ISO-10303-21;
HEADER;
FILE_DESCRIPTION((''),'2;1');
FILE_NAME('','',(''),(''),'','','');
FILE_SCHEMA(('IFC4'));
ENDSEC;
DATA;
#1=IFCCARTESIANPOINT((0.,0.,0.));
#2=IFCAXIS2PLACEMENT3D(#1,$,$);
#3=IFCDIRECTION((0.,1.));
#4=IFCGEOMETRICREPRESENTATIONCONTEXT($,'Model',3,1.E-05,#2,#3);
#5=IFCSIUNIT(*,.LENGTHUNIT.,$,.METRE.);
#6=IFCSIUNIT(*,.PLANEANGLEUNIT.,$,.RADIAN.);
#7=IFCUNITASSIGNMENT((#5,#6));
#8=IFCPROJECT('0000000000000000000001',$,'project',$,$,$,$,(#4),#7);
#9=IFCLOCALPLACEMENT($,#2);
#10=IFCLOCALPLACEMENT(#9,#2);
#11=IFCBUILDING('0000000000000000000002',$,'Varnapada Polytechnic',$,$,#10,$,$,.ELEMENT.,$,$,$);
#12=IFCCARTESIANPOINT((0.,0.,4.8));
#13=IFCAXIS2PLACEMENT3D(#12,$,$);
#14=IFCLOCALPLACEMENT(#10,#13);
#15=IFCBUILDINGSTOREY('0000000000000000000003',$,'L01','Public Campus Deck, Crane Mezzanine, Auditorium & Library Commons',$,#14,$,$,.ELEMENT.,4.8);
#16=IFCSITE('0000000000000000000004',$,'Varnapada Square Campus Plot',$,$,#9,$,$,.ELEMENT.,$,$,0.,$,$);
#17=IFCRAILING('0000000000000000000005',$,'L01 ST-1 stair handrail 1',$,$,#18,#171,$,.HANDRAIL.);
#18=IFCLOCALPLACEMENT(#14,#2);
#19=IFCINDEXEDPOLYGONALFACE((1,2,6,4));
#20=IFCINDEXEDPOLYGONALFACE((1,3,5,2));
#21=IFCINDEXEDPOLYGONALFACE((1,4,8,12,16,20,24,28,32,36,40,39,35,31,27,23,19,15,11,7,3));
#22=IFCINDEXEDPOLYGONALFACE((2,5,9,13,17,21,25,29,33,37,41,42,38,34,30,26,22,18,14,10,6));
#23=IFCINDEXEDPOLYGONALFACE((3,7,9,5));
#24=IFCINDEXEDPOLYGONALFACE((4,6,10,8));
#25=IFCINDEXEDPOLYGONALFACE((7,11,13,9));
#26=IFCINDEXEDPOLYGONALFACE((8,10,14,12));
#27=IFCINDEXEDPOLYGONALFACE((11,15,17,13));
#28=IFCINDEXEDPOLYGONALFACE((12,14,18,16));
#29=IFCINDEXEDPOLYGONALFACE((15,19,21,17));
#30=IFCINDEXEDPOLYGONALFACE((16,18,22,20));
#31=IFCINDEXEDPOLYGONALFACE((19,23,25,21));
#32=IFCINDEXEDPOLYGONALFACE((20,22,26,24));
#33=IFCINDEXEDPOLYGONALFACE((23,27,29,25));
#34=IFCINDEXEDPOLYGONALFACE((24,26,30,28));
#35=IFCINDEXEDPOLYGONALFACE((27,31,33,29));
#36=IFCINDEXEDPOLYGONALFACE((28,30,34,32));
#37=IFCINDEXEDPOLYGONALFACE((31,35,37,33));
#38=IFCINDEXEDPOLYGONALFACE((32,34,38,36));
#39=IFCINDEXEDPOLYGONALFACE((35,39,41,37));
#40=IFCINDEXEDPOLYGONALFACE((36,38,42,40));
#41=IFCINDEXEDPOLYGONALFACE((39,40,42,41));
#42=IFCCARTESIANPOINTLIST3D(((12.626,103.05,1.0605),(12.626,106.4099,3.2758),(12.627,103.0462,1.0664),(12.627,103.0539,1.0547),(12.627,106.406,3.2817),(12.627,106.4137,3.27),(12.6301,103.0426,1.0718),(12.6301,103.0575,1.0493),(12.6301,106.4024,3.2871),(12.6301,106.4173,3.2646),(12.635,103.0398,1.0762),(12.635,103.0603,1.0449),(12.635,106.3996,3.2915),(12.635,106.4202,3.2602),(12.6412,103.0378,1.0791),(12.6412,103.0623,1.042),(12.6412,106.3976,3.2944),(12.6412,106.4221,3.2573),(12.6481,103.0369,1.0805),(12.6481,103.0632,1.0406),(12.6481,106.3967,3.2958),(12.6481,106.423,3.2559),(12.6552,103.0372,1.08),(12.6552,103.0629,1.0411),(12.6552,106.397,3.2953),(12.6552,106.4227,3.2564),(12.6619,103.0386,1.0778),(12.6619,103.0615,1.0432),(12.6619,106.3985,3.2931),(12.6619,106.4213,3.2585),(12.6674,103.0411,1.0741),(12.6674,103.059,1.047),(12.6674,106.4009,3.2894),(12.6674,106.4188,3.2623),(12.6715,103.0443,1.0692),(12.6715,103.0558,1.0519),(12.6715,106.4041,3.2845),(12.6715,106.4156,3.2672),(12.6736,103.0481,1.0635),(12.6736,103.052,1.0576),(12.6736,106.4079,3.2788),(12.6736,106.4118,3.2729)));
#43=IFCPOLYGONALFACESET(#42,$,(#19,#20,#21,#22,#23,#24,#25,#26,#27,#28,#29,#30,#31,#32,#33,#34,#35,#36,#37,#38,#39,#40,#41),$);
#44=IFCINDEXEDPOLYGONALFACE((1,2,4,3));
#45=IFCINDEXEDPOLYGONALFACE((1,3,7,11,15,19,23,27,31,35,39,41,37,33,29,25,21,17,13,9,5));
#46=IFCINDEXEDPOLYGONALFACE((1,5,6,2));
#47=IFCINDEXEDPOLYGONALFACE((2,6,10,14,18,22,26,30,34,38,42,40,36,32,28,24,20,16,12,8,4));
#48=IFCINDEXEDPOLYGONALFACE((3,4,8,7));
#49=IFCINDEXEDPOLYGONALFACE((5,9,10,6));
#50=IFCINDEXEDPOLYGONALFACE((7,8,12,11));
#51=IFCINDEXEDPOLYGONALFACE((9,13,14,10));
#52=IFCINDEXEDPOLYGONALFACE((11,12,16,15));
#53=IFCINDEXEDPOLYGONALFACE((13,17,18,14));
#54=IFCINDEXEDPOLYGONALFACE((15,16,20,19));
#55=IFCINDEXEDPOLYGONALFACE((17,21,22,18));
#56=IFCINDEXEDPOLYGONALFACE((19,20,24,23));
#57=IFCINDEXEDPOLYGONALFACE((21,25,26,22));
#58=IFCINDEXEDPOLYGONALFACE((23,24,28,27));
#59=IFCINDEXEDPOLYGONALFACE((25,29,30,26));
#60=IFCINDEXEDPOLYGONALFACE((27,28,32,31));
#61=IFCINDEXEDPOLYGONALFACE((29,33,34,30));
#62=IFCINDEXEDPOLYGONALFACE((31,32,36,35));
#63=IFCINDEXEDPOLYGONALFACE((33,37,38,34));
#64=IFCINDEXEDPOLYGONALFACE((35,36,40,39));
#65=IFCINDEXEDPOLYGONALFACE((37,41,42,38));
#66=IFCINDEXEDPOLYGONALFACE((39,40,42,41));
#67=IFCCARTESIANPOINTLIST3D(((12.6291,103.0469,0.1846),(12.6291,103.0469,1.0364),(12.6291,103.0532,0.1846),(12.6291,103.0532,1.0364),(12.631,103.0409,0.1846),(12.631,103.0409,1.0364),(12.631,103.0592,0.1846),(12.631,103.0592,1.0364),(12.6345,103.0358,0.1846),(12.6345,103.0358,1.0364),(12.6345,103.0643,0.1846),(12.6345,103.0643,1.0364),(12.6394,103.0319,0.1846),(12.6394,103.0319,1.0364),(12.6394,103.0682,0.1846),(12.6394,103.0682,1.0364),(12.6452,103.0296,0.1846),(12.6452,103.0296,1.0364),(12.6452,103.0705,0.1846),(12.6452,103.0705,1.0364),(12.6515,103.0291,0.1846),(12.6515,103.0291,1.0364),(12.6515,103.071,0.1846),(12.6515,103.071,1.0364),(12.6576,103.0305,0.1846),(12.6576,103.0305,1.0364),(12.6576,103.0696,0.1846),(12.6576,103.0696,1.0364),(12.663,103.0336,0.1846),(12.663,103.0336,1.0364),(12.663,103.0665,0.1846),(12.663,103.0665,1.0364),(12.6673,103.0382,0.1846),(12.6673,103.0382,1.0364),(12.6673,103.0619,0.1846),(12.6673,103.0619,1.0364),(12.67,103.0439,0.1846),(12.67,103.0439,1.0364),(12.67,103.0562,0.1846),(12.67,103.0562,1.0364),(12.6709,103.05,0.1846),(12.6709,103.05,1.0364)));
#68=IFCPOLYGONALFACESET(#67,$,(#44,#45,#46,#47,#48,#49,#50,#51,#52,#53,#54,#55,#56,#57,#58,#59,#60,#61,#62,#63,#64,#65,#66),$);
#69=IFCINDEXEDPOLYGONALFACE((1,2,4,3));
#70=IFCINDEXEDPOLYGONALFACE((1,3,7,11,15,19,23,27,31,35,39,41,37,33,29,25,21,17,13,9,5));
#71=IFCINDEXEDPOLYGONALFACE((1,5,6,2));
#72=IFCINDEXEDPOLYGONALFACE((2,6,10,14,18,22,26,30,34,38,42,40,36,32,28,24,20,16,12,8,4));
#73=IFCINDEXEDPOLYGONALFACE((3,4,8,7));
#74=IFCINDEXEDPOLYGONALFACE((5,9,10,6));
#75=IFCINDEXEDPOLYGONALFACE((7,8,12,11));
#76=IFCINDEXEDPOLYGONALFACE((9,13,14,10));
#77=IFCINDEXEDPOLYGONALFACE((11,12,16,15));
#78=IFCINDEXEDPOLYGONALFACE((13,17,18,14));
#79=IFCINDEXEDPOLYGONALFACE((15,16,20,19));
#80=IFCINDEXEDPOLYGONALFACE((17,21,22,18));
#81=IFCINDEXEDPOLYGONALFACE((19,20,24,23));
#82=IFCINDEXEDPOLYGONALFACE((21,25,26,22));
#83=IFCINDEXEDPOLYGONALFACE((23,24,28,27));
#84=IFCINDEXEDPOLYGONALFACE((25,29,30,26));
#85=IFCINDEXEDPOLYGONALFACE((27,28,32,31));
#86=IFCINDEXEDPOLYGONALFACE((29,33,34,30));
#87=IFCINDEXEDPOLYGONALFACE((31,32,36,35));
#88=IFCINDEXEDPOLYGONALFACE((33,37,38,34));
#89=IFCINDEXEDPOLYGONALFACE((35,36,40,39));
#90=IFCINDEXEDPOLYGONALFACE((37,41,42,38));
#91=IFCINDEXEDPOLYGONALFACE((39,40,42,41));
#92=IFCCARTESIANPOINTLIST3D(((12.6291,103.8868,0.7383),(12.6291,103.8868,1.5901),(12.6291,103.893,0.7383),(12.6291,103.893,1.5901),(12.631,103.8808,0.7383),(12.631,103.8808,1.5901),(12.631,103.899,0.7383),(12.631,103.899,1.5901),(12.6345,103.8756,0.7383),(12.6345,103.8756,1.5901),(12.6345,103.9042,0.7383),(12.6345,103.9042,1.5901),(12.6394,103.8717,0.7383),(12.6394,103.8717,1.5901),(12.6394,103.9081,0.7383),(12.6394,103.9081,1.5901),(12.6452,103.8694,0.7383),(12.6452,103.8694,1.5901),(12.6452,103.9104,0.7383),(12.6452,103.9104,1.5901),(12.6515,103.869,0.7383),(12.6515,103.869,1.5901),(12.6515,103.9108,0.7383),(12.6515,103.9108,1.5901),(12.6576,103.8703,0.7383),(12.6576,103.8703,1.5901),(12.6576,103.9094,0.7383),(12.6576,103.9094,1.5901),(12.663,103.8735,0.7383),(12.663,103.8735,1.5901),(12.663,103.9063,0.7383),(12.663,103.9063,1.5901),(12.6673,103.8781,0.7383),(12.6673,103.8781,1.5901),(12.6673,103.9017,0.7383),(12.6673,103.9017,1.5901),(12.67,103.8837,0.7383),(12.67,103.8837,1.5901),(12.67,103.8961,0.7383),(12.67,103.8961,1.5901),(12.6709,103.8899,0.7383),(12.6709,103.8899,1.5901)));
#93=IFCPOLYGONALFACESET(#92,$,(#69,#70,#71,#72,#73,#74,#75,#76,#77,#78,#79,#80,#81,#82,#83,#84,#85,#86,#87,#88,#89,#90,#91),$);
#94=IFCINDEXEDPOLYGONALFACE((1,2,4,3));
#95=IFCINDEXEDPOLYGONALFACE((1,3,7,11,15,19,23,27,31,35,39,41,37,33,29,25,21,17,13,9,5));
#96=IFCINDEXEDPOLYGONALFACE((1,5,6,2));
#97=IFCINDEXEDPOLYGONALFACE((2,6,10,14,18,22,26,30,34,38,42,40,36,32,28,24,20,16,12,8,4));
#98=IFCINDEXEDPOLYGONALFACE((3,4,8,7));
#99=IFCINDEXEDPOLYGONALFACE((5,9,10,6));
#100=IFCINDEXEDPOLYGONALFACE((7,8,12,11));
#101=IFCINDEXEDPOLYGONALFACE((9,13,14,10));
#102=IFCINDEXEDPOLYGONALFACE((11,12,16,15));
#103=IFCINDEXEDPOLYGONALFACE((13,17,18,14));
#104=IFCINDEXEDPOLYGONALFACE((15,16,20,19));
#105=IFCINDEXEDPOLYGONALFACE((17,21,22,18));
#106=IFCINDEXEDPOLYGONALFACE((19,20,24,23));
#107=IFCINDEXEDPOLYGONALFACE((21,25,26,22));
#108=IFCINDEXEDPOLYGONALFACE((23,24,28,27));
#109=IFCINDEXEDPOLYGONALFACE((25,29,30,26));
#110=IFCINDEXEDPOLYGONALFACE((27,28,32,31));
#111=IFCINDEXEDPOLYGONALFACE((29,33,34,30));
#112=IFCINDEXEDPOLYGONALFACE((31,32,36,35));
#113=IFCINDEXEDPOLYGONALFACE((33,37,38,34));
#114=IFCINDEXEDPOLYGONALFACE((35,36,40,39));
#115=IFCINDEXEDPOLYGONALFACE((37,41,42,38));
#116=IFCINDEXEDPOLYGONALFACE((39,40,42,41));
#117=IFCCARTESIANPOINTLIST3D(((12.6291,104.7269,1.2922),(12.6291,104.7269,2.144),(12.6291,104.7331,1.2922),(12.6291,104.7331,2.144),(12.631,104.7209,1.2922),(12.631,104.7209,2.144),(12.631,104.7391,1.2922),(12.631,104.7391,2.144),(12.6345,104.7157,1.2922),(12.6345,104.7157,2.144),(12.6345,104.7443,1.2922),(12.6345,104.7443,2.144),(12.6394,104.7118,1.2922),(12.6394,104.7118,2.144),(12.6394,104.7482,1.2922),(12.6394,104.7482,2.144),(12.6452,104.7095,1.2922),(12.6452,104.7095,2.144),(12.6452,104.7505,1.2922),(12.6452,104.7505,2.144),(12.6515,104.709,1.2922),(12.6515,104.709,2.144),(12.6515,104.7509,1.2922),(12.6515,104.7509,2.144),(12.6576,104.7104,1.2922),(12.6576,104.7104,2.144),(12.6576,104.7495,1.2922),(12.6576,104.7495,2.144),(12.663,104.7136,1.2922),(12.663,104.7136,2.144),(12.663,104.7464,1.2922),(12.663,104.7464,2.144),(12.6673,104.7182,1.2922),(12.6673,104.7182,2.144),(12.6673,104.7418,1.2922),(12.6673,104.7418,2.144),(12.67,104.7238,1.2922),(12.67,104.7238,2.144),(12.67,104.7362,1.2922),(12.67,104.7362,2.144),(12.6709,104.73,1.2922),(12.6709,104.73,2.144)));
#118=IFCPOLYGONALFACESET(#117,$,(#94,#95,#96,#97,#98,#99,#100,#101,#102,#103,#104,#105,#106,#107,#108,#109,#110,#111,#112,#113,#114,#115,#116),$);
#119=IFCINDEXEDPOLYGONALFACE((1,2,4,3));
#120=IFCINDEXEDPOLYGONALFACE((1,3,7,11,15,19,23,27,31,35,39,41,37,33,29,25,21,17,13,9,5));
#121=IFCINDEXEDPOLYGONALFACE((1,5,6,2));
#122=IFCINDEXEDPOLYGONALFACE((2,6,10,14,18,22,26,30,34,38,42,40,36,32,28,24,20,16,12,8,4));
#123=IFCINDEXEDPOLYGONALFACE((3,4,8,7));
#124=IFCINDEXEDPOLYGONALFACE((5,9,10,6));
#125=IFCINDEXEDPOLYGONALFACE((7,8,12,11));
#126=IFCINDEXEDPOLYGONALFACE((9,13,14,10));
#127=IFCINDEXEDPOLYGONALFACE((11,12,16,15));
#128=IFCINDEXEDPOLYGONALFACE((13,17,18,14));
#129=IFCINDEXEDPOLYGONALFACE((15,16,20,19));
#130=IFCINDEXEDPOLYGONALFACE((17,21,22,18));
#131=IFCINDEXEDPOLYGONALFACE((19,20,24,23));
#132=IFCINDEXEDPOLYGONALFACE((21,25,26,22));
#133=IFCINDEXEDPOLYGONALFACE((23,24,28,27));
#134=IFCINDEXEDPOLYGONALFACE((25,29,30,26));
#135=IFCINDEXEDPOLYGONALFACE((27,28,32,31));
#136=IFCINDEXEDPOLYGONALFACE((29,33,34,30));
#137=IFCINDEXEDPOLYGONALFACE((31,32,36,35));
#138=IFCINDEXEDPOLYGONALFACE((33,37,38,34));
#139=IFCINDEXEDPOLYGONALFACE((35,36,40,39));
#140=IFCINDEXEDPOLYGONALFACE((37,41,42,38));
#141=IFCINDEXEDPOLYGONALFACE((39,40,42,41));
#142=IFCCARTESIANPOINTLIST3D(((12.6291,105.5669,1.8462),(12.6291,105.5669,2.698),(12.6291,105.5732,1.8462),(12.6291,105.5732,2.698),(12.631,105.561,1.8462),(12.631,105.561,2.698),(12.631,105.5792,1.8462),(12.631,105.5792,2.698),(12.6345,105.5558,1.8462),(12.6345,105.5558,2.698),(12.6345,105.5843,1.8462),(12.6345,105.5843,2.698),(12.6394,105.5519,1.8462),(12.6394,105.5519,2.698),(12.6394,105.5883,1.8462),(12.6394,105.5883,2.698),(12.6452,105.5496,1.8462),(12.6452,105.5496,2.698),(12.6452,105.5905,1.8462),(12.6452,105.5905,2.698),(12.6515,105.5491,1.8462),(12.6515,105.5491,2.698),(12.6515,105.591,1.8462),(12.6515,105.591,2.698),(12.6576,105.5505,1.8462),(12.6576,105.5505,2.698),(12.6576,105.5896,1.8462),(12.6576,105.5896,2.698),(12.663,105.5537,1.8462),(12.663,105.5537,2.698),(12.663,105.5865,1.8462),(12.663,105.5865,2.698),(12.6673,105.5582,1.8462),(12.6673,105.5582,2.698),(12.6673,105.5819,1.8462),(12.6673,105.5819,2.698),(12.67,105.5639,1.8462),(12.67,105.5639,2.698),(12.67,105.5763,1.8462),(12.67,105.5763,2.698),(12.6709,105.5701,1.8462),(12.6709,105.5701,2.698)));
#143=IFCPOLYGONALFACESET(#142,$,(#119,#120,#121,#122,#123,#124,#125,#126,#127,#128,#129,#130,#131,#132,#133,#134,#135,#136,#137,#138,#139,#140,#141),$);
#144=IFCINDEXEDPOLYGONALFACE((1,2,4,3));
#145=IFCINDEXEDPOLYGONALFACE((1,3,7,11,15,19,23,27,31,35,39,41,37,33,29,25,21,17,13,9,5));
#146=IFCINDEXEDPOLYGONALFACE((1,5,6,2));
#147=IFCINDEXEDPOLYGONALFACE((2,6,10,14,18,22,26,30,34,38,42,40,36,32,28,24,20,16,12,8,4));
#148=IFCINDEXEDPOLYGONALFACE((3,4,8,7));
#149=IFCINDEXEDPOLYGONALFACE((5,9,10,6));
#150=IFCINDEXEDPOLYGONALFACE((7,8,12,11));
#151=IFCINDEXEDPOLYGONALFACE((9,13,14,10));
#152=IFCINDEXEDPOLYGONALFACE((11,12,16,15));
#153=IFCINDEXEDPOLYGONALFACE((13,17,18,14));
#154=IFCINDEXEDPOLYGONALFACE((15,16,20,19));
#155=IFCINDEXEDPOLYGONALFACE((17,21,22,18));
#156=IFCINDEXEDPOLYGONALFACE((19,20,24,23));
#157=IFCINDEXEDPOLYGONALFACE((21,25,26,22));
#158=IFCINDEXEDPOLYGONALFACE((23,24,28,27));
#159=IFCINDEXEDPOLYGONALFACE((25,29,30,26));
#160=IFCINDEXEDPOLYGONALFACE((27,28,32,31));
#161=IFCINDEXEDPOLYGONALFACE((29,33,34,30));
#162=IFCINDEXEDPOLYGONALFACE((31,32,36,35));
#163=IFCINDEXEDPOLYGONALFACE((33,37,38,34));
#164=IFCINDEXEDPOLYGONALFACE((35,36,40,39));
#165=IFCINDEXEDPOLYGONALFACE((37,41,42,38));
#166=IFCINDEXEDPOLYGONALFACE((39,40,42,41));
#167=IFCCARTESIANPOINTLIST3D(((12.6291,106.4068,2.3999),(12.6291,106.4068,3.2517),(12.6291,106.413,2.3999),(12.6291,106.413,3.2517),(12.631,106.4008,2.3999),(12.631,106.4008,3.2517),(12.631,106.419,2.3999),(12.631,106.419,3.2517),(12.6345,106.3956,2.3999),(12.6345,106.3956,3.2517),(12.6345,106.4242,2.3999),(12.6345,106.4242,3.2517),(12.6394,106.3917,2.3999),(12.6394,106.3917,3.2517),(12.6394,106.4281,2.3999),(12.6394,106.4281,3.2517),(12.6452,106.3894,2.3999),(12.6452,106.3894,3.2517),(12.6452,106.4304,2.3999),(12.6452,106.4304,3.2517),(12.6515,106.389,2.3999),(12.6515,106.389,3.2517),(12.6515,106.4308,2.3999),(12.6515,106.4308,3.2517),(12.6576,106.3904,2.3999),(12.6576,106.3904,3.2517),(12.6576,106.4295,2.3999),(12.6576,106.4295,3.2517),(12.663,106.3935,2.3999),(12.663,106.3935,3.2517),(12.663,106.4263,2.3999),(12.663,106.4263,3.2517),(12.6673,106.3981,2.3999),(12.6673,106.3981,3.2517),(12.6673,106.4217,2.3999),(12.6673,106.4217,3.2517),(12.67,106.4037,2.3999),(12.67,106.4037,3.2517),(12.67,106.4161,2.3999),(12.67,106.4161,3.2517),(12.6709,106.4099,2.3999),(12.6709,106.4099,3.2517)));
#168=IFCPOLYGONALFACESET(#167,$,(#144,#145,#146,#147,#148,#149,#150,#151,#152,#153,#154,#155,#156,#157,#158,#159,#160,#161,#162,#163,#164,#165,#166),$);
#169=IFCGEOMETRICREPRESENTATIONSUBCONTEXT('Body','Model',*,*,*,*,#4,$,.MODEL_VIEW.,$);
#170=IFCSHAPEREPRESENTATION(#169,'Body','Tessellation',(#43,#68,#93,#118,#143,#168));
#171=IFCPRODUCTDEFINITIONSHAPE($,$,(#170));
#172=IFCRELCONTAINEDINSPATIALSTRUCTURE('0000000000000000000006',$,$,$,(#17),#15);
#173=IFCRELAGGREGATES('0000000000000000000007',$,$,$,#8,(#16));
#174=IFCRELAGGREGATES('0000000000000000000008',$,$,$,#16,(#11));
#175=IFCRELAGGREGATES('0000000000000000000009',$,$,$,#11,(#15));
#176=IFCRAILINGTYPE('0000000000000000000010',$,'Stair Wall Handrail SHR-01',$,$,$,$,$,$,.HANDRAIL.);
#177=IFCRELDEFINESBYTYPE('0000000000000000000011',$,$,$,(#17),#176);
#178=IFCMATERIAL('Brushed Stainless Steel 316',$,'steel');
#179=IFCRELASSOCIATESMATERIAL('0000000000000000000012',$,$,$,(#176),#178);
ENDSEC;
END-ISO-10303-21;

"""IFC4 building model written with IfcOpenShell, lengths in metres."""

from ifc_helpers import new_model, si_unit, direction, frame, origin, origin_2d, place, context, subcontext, project, spatial, circle, extrude, material, type_object, element, save


model = new_model("IFC4")

# Units and contexts
model_context = context("Model", 3, precision=1e-05, world=origin(), true_north=direction((0.0, 1.0)))
body_context = subcontext(model_context, "Body", "Model", "MODEL_VIEW")
ifc_project = project(units=[si_unit("LENGTHUNIT", "METRE"), si_unit("PLANEANGLEUNIT", "RADIAN")], contexts=[model_context])

# Site, building, storey
site_placement = place(None, origin())
site = spatial("IfcSite", under=ifc_project, at=site_placement, Name="Varnapada Square Campus Plot", CompositionType="ELEMENT", RefElevation=0.0)
building_placement = place(site_placement, origin())
building = spatial("IfcBuilding", under=site, at=building_placement, Name="Varnapada Polytechnic", CompositionType="ELEMENT")
storey_placement = place(building_placement, frame((0.0, 0.0, 4.8)))
storey = spatial("IfcBuildingStorey", under=building, at=storey_placement, Name="L01", Description="Public Campus Deck, Crane Mezzanine, Auditorium & Library Commons", CompositionType="ELEMENT", Elevation=4.8)

# Shared definitions
ifc_material_1 = material(Name="Brushed Stainless Steel 316", Category="steel")

# Railing
railing_type_1 = type_object("IfcRailingType", Name="Stair Wall Handrail SHR-01", PredefinedType="HANDRAIL", material=ifc_material_1)
railing_1_placement = place(storey_placement, frame((12.6499, 103.05, 0.1846)))
element("IfcRailing", 1, at=railing_1_placement, inside=storey, type_object=railing_type_1, Name="L01 ST-1 stair handrail 1", PredefinedType="HANDRAIL", context=body_context, shape_type="SweptSolid", body=[
    extrude(circle(Radius=0.0239, at=origin_2d()), frame((0.0, 0.0, 0.876), z_axis=(0.0, 0.834858, 0.550465), x_axis=(-1.0, 0.0, 0.0)), (0.0, 0.0, 1.0), 4.0244),
    extrude(circle(Radius=0.021, at=origin_2d()), origin(), (0.0, 0.0, 1.0), 0.8518),
    extrude(circle(Radius=0.021, at=origin_2d()), frame((0.0, 0.8398, 0.5537)), (0.0, 0.0, 1.0), 0.8518),
    extrude(circle(Radius=0.021, at=origin_2d()), frame((0.0, 1.6799, 1.1077)), (0.0, 0.0, 1.0), 0.8518),
    extrude(circle(Radius=0.021, at=origin_2d()), frame((0.0, 2.52, 1.6616)), (0.0, 0.0, 1.0), 0.8518),
    extrude(circle(Radius=0.021, at=origin_2d()), frame((0.0, 3.3599, 2.2153)), (0.0, 0.0, 1.0), 0.8518),
])

save(model, "model.ifc")
